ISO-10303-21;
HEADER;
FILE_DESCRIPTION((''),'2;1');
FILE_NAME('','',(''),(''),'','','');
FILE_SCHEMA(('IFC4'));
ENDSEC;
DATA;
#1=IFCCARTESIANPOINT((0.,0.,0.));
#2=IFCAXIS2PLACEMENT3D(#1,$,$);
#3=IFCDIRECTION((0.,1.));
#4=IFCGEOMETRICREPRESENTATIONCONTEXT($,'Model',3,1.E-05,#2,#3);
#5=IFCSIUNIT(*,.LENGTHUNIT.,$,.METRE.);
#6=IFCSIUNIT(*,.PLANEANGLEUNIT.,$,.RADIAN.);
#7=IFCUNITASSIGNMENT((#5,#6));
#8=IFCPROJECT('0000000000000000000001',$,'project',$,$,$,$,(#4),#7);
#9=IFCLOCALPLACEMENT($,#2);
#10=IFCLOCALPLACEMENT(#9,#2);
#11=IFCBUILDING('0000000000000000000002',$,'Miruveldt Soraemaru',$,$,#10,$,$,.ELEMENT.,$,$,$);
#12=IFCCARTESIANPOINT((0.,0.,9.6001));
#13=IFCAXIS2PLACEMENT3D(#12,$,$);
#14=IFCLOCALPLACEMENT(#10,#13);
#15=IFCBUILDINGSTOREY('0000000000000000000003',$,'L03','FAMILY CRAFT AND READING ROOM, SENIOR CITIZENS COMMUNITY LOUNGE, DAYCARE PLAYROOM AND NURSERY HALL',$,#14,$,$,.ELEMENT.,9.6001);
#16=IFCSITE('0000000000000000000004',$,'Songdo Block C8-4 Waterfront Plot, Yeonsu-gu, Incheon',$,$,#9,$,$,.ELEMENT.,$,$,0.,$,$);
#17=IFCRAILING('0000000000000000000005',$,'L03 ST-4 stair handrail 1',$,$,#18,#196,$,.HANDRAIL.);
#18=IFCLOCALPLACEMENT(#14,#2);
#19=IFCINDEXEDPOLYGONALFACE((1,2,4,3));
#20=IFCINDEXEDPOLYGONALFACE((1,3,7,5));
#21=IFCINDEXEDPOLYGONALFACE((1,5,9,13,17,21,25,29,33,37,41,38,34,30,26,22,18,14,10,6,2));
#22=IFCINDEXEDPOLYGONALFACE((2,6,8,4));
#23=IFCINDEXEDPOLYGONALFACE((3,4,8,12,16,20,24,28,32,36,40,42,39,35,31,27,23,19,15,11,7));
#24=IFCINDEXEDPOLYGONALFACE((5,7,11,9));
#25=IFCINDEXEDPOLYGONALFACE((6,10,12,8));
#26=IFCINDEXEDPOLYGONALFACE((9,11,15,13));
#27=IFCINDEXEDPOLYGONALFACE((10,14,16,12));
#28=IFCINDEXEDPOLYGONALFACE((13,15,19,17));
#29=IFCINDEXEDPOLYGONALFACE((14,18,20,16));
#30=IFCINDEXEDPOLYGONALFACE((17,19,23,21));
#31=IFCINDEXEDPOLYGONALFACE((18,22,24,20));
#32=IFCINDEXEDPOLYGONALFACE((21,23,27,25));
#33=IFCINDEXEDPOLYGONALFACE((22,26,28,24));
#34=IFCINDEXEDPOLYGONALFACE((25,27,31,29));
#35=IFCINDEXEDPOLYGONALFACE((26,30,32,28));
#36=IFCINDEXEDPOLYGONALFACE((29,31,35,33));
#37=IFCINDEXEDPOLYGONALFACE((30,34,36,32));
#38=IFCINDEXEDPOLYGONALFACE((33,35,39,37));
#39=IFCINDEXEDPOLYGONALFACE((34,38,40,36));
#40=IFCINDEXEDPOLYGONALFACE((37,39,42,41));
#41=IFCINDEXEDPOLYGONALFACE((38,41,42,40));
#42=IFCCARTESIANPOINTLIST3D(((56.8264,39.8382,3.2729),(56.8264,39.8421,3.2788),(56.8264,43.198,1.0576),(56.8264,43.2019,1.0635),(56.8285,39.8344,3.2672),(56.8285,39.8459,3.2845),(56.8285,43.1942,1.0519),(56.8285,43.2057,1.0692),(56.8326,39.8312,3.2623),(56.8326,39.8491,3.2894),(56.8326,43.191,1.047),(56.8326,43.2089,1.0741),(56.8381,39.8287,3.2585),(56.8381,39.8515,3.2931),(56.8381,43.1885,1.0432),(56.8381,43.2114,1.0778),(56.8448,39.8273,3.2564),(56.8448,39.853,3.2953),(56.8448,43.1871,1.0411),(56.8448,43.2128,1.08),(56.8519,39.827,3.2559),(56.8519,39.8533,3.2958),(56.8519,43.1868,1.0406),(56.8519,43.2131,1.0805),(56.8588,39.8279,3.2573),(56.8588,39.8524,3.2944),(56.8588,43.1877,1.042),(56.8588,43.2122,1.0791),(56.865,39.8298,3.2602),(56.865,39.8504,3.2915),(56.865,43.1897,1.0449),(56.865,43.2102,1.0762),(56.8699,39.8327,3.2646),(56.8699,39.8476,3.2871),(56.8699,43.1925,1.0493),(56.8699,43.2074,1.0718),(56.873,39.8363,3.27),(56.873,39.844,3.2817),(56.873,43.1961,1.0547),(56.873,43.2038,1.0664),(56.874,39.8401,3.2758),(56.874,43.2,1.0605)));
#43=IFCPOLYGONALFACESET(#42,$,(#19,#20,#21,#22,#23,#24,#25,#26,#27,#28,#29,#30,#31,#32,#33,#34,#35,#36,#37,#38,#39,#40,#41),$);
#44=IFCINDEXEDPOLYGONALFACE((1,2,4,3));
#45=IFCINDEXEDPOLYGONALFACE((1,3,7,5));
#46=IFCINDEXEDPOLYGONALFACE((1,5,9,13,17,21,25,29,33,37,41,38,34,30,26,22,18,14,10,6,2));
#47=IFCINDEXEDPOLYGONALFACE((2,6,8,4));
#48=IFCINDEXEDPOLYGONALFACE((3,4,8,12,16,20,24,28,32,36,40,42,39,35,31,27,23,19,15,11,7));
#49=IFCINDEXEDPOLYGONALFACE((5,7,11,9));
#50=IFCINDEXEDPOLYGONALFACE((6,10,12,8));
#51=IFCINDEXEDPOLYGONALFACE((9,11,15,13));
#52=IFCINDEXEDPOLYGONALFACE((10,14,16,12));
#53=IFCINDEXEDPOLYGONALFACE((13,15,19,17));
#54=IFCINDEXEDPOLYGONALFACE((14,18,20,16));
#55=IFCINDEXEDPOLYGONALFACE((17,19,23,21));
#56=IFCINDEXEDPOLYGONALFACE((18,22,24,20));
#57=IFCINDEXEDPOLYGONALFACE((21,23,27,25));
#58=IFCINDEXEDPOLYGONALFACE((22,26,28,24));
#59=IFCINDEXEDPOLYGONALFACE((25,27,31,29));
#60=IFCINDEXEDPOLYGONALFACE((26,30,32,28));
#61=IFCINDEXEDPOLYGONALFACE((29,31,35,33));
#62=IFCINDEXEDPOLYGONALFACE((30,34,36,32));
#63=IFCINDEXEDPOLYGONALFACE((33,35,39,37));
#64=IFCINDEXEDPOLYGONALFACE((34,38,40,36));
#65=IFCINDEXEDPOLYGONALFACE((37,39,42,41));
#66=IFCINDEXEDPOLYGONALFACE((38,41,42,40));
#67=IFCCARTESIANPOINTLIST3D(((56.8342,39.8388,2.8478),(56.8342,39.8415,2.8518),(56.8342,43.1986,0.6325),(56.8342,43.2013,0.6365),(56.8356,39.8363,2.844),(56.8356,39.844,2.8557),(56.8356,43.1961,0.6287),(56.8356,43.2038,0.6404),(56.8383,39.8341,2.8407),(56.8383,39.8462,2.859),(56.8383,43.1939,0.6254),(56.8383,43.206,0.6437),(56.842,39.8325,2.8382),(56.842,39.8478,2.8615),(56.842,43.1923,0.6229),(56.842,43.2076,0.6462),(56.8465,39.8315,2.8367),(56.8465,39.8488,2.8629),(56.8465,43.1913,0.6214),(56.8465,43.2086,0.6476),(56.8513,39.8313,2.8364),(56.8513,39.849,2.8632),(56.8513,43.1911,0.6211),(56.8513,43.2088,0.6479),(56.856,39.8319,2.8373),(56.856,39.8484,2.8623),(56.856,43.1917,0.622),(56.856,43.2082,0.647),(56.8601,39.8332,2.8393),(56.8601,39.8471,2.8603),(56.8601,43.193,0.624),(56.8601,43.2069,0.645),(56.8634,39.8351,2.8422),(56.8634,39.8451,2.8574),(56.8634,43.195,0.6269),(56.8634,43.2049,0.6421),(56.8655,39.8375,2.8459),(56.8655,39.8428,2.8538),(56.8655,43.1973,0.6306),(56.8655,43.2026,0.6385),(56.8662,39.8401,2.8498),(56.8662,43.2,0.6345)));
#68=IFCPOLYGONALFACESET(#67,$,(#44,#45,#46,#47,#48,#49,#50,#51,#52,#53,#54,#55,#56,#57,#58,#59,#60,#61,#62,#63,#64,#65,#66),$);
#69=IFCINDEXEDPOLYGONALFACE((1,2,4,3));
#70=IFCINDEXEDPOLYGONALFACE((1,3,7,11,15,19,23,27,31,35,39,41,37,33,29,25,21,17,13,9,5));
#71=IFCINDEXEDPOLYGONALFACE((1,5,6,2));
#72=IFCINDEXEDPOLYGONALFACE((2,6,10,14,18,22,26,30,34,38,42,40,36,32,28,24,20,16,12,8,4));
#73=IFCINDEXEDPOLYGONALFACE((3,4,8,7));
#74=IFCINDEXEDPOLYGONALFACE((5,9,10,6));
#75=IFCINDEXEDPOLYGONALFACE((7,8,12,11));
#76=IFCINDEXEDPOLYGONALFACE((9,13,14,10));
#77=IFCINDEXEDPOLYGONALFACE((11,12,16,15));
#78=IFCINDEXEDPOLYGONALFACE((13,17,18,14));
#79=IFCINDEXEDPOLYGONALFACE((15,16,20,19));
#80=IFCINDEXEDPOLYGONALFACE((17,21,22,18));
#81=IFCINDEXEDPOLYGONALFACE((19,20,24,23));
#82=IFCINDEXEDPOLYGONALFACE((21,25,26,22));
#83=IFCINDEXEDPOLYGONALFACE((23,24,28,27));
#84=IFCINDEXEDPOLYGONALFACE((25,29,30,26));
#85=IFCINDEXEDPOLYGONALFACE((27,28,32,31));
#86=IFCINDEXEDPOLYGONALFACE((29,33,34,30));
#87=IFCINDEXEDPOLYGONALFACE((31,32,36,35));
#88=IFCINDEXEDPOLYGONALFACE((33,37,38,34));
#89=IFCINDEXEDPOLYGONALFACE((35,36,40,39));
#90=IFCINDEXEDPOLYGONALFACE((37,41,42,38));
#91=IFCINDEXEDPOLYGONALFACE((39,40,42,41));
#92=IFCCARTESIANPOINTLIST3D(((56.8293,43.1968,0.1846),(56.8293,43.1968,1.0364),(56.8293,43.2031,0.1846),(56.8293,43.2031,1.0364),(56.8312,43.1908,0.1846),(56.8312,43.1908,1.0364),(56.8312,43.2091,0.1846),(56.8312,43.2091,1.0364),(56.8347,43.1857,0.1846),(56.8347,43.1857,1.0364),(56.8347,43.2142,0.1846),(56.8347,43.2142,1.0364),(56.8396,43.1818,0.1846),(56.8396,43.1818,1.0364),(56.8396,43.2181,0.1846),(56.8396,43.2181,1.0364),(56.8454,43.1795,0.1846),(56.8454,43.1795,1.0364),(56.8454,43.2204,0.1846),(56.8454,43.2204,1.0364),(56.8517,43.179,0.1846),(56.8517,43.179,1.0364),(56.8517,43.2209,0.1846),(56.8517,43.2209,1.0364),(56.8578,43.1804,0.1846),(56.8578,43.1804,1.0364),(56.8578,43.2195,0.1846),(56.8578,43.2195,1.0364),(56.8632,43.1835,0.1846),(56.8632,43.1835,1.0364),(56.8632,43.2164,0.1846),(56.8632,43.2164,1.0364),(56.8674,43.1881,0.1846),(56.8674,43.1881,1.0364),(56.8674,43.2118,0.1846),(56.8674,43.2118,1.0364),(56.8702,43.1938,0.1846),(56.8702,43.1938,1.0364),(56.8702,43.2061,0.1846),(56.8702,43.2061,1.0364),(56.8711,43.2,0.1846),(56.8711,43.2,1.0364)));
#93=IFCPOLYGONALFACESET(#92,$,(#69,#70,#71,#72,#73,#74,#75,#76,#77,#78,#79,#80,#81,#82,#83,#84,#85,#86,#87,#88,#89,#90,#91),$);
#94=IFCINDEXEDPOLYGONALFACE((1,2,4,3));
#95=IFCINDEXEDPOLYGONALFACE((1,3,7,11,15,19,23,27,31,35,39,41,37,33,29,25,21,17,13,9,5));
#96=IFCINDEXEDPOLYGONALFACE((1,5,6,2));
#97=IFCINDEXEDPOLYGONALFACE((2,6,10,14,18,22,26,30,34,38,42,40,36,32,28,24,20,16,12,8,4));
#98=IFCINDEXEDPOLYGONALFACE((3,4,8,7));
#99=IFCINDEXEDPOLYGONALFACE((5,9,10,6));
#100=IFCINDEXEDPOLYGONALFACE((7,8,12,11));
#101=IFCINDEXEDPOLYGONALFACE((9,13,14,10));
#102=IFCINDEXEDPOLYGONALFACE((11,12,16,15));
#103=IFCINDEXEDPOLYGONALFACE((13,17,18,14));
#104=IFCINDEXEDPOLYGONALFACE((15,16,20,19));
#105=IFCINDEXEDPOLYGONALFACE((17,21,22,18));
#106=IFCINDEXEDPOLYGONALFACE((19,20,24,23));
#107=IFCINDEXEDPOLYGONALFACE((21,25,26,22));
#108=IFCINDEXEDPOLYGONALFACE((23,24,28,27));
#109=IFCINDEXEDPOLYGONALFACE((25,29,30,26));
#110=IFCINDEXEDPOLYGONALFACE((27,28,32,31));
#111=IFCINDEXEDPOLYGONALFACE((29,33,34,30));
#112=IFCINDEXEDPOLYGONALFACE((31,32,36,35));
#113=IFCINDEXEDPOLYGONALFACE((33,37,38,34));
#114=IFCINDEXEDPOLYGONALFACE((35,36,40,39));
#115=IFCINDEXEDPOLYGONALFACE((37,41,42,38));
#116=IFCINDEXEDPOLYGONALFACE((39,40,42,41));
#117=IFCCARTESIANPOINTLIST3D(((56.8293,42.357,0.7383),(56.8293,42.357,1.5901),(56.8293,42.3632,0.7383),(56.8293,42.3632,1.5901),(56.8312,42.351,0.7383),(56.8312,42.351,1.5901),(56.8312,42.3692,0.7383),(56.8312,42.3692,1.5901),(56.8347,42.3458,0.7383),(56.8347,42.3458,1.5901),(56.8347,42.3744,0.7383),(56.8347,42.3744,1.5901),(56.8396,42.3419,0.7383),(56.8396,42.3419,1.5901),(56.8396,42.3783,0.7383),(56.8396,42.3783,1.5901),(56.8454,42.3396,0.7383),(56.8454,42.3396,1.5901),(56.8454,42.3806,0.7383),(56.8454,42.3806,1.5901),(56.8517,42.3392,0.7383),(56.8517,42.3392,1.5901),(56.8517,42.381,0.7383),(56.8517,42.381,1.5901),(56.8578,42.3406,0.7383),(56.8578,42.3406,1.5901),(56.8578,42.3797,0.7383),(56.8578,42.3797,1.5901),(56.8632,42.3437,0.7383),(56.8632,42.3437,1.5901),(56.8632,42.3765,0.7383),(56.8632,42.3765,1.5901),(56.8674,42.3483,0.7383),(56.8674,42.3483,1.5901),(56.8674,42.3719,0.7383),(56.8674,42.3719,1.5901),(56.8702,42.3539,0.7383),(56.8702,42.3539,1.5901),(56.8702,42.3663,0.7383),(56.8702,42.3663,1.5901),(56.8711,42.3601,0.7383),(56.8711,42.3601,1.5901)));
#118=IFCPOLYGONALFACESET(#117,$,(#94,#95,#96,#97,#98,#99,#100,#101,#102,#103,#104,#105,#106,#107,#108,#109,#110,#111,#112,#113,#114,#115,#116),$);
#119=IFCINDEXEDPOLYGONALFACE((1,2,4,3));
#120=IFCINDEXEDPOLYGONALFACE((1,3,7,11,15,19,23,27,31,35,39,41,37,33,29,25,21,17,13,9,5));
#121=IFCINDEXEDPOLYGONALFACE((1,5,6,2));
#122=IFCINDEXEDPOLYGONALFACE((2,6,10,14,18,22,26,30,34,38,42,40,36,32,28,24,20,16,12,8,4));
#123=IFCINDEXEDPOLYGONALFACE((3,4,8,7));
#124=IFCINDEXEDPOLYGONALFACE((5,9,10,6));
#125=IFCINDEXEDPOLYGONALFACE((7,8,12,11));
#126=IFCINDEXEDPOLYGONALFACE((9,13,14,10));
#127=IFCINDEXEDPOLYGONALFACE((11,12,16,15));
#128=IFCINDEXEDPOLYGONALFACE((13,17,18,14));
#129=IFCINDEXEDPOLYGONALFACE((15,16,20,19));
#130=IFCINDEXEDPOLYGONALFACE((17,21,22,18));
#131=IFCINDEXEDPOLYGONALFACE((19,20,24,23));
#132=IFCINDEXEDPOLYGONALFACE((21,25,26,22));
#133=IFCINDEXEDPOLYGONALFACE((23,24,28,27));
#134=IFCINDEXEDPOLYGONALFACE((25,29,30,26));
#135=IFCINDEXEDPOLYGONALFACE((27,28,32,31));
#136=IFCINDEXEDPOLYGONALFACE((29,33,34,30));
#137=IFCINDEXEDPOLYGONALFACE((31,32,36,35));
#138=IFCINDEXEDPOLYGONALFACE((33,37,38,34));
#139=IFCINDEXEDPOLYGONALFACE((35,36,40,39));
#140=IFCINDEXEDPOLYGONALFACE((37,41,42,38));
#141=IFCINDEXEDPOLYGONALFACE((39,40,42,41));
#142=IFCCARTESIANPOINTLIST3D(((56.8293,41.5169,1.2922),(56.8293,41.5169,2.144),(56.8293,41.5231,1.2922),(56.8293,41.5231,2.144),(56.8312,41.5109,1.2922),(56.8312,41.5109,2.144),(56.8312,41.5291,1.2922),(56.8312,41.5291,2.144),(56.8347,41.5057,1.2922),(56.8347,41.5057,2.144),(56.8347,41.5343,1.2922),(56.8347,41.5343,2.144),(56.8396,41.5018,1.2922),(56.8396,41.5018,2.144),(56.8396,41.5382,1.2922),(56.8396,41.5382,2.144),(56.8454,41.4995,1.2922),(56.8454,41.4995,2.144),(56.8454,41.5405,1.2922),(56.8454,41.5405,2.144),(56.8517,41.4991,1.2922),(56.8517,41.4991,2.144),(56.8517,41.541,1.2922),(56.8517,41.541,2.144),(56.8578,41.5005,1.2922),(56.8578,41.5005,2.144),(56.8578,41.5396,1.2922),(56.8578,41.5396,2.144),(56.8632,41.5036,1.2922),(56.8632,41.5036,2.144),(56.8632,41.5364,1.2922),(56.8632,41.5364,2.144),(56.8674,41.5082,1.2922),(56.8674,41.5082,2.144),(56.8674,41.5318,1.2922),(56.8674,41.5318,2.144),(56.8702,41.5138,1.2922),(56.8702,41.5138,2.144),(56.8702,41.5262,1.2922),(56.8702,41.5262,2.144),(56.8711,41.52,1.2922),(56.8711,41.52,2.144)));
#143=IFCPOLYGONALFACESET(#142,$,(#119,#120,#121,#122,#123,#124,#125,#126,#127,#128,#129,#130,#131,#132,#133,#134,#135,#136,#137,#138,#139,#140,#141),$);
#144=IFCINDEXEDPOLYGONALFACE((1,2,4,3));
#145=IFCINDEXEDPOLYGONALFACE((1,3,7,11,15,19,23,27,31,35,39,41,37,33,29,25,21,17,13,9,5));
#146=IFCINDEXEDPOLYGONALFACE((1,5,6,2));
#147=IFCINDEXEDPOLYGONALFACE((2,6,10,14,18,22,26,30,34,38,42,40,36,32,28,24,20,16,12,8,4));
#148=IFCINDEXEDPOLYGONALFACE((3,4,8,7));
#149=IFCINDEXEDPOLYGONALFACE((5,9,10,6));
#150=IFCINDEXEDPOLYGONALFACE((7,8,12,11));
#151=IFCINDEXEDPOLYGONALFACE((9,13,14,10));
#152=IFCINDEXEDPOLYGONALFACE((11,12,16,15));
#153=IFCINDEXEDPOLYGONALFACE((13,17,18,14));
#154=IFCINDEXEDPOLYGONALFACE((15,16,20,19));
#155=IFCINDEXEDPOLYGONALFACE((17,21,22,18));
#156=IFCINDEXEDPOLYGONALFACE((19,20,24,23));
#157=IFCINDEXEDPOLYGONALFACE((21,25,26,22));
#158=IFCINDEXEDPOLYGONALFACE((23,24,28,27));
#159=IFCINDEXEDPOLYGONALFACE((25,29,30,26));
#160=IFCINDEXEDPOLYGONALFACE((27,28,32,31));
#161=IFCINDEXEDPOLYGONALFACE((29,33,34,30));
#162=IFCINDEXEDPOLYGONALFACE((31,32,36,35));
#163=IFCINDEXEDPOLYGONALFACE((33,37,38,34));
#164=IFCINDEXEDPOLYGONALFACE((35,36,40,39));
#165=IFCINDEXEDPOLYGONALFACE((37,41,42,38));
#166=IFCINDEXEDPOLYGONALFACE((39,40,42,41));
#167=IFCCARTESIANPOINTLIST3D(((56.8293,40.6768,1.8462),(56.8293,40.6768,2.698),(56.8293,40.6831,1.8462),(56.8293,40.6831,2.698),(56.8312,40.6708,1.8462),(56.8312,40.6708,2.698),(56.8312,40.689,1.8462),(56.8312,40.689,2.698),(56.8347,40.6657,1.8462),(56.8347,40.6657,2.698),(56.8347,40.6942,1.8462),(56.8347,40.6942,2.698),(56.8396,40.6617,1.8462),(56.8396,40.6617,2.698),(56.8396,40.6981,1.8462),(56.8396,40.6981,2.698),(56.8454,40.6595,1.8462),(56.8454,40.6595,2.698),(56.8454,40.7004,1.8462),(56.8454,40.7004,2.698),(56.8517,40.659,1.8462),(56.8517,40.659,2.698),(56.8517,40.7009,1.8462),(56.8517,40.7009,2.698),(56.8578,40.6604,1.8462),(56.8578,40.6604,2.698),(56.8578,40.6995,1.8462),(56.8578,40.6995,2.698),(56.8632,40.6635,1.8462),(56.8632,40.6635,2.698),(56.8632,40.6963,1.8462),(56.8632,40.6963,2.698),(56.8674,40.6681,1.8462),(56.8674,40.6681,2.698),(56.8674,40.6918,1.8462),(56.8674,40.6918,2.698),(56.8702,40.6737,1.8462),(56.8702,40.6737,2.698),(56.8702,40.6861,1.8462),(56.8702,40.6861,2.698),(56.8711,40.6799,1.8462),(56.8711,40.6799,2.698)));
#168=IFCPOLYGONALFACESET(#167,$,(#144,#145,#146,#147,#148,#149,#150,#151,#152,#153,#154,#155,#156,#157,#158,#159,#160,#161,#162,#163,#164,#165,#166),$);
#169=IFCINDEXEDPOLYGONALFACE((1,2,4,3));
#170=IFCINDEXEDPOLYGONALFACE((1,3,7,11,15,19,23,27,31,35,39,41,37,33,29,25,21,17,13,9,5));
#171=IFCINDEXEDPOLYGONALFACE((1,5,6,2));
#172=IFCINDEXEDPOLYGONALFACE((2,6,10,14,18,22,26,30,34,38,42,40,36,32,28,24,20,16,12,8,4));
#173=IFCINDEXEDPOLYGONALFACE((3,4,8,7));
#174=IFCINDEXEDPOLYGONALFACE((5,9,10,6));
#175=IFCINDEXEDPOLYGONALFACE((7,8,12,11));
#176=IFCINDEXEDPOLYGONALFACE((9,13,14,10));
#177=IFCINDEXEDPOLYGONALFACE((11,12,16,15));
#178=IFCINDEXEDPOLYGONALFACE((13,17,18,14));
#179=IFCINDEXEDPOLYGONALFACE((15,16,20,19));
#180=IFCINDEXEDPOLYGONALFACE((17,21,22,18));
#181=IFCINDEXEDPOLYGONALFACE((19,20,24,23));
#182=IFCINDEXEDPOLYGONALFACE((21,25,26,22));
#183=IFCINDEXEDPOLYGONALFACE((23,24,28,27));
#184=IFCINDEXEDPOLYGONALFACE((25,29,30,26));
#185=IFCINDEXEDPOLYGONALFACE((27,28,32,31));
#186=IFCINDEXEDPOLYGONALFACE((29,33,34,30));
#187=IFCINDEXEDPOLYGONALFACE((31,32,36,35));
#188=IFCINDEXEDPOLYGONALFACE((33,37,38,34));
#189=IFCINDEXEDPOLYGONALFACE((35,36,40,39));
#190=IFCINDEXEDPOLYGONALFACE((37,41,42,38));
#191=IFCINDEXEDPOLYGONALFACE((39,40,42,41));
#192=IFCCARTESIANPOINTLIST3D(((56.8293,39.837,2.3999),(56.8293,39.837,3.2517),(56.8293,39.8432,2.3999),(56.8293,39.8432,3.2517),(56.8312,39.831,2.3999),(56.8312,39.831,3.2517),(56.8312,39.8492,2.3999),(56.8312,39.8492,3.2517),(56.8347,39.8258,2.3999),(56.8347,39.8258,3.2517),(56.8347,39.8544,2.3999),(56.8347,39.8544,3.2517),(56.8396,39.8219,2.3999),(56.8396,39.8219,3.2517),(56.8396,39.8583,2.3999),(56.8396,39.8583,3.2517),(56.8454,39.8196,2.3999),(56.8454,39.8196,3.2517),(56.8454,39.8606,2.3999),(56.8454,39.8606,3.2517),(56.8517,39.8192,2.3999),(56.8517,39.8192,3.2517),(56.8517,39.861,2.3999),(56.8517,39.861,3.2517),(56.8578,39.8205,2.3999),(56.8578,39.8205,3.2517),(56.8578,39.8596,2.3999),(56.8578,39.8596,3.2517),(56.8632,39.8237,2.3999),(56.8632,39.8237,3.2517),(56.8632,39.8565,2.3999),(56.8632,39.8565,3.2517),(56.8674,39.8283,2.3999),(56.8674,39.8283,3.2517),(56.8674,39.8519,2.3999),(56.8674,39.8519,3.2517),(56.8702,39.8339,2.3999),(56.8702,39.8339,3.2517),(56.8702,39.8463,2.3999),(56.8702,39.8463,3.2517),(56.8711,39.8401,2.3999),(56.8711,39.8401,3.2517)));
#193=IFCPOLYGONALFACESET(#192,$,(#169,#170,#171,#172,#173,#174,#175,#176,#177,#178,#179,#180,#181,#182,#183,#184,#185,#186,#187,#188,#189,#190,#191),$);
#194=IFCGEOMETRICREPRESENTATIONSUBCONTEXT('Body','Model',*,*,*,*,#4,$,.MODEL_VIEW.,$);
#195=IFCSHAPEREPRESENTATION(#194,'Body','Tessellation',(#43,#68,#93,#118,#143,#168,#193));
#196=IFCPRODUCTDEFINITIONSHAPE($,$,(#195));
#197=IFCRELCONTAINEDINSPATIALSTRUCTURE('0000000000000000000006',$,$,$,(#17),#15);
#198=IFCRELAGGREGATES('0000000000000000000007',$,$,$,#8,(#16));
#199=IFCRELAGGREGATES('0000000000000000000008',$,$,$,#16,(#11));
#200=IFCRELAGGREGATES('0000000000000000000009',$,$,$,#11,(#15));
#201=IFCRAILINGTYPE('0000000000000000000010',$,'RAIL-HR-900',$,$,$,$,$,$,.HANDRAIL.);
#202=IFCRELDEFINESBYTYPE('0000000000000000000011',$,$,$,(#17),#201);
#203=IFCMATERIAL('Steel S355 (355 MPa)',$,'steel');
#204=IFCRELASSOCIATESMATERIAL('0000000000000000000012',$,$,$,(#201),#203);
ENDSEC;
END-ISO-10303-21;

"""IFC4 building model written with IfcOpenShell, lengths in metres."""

from ifc_helpers import new_model, si_unit, direction, frame, origin, origin_2d, place, context, subcontext, project, spatial, circle, extrude, material, type_object, element, save


model = new_model("IFC4")

# Units and contexts
model_context = context("Model", 3, precision=1e-05, world=origin(), true_north=direction((0.0, 1.0)))
body_context = subcontext(model_context, "Body", "Model", "MODEL_VIEW")
ifc_project = project(units=[si_unit("LENGTHUNIT", "METRE"), si_unit("PLANEANGLEUNIT", "RADIAN")], contexts=[model_context])

# Site, building, storey
site_placement = place(None, origin())
site = spatial("IfcSite", under=ifc_project, at=site_placement, Name="Songdo Block C8-4 Waterfront Plot, Yeonsu-gu, Incheon", CompositionType="ELEMENT", RefElevation=0.0)
building_placement = place(site_placement, origin())
building = spatial("IfcBuilding", under=site, at=building_placement, Name="Miruveldt Soraemaru", CompositionType="ELEMENT")
storey_placement = place(building_placement, frame((0.0, 0.0, 9.6001)))
storey = spatial("IfcBuildingStorey", under=building, at=storey_placement, Name="L03", Description="FAMILY CRAFT AND READING ROOM, SENIOR CITIZENS COMMUNITY LOUNGE, DAYCARE PLAYROOM AND NURSERY HALL", CompositionType="ELEMENT", Elevation=9.6001)

# Shared definitions
ifc_material_1 = material(Name="Steel S355 (355 MPa)", Category="steel")

# Railing
railing_type_1 = type_object("IfcRailingType", Name="RAIL-HR-900", PredefinedType="HANDRAIL", material=ifc_material_1)
railing_1_placement = place(storey_placement, frame((56.8501, 43.2, 0.1846)))
element("IfcRailing", 1, at=railing_1_placement, inside=storey, type_object=railing_type_1, Name="L03 ST-4 stair handrail 1", PredefinedType="HANDRAIL", context=body_context, shape_type="SweptSolid", body=[
    extrude(circle(Radius=0.0239, at=origin_2d()), frame((0.0, 0.0, 0.876), z_axis=(0.0, -0.834858, 0.550465), x_axis=(1.0, 0.0, 0.0)), (0.0, 0.0, 1.0), 4.0244),
    extrude(circle(Radius=0.0161, at=origin_2d()), frame((0.0, 0.0, 0.45), z_axis=(0.0, -0.834858, 0.550465), x_axis=(1.0, 0.0, 0.0)), (0.0, 0.0, 1.0), 4.0244),
    extrude(circle(Radius=0.021, at=origin_2d()), origin(), (0.0, 0.0, 1.0), 0.8518),
    extrude(circle(Radius=0.021, at=origin_2d()), frame((0.0, -0.8398, 0.5537)), (0.0, 0.0, 1.0), 0.8518),
    extrude(circle(Radius=0.021, at=origin_2d()), frame((0.0, -1.6799, 1.1077)), (0.0, 0.0, 1.0), 0.8518),
    extrude(circle(Radius=0.021, at=origin_2d()), frame((0.0, -2.52, 1.6616)), (0.0, 0.0, 1.0), 0.8518),
    extrude(circle(Radius=0.021, at=origin_2d()), frame((0.0, -3.3599, 2.2153)), (0.0, 0.0, 1.0), 0.8518),
])

save(model, "model.ifc")
